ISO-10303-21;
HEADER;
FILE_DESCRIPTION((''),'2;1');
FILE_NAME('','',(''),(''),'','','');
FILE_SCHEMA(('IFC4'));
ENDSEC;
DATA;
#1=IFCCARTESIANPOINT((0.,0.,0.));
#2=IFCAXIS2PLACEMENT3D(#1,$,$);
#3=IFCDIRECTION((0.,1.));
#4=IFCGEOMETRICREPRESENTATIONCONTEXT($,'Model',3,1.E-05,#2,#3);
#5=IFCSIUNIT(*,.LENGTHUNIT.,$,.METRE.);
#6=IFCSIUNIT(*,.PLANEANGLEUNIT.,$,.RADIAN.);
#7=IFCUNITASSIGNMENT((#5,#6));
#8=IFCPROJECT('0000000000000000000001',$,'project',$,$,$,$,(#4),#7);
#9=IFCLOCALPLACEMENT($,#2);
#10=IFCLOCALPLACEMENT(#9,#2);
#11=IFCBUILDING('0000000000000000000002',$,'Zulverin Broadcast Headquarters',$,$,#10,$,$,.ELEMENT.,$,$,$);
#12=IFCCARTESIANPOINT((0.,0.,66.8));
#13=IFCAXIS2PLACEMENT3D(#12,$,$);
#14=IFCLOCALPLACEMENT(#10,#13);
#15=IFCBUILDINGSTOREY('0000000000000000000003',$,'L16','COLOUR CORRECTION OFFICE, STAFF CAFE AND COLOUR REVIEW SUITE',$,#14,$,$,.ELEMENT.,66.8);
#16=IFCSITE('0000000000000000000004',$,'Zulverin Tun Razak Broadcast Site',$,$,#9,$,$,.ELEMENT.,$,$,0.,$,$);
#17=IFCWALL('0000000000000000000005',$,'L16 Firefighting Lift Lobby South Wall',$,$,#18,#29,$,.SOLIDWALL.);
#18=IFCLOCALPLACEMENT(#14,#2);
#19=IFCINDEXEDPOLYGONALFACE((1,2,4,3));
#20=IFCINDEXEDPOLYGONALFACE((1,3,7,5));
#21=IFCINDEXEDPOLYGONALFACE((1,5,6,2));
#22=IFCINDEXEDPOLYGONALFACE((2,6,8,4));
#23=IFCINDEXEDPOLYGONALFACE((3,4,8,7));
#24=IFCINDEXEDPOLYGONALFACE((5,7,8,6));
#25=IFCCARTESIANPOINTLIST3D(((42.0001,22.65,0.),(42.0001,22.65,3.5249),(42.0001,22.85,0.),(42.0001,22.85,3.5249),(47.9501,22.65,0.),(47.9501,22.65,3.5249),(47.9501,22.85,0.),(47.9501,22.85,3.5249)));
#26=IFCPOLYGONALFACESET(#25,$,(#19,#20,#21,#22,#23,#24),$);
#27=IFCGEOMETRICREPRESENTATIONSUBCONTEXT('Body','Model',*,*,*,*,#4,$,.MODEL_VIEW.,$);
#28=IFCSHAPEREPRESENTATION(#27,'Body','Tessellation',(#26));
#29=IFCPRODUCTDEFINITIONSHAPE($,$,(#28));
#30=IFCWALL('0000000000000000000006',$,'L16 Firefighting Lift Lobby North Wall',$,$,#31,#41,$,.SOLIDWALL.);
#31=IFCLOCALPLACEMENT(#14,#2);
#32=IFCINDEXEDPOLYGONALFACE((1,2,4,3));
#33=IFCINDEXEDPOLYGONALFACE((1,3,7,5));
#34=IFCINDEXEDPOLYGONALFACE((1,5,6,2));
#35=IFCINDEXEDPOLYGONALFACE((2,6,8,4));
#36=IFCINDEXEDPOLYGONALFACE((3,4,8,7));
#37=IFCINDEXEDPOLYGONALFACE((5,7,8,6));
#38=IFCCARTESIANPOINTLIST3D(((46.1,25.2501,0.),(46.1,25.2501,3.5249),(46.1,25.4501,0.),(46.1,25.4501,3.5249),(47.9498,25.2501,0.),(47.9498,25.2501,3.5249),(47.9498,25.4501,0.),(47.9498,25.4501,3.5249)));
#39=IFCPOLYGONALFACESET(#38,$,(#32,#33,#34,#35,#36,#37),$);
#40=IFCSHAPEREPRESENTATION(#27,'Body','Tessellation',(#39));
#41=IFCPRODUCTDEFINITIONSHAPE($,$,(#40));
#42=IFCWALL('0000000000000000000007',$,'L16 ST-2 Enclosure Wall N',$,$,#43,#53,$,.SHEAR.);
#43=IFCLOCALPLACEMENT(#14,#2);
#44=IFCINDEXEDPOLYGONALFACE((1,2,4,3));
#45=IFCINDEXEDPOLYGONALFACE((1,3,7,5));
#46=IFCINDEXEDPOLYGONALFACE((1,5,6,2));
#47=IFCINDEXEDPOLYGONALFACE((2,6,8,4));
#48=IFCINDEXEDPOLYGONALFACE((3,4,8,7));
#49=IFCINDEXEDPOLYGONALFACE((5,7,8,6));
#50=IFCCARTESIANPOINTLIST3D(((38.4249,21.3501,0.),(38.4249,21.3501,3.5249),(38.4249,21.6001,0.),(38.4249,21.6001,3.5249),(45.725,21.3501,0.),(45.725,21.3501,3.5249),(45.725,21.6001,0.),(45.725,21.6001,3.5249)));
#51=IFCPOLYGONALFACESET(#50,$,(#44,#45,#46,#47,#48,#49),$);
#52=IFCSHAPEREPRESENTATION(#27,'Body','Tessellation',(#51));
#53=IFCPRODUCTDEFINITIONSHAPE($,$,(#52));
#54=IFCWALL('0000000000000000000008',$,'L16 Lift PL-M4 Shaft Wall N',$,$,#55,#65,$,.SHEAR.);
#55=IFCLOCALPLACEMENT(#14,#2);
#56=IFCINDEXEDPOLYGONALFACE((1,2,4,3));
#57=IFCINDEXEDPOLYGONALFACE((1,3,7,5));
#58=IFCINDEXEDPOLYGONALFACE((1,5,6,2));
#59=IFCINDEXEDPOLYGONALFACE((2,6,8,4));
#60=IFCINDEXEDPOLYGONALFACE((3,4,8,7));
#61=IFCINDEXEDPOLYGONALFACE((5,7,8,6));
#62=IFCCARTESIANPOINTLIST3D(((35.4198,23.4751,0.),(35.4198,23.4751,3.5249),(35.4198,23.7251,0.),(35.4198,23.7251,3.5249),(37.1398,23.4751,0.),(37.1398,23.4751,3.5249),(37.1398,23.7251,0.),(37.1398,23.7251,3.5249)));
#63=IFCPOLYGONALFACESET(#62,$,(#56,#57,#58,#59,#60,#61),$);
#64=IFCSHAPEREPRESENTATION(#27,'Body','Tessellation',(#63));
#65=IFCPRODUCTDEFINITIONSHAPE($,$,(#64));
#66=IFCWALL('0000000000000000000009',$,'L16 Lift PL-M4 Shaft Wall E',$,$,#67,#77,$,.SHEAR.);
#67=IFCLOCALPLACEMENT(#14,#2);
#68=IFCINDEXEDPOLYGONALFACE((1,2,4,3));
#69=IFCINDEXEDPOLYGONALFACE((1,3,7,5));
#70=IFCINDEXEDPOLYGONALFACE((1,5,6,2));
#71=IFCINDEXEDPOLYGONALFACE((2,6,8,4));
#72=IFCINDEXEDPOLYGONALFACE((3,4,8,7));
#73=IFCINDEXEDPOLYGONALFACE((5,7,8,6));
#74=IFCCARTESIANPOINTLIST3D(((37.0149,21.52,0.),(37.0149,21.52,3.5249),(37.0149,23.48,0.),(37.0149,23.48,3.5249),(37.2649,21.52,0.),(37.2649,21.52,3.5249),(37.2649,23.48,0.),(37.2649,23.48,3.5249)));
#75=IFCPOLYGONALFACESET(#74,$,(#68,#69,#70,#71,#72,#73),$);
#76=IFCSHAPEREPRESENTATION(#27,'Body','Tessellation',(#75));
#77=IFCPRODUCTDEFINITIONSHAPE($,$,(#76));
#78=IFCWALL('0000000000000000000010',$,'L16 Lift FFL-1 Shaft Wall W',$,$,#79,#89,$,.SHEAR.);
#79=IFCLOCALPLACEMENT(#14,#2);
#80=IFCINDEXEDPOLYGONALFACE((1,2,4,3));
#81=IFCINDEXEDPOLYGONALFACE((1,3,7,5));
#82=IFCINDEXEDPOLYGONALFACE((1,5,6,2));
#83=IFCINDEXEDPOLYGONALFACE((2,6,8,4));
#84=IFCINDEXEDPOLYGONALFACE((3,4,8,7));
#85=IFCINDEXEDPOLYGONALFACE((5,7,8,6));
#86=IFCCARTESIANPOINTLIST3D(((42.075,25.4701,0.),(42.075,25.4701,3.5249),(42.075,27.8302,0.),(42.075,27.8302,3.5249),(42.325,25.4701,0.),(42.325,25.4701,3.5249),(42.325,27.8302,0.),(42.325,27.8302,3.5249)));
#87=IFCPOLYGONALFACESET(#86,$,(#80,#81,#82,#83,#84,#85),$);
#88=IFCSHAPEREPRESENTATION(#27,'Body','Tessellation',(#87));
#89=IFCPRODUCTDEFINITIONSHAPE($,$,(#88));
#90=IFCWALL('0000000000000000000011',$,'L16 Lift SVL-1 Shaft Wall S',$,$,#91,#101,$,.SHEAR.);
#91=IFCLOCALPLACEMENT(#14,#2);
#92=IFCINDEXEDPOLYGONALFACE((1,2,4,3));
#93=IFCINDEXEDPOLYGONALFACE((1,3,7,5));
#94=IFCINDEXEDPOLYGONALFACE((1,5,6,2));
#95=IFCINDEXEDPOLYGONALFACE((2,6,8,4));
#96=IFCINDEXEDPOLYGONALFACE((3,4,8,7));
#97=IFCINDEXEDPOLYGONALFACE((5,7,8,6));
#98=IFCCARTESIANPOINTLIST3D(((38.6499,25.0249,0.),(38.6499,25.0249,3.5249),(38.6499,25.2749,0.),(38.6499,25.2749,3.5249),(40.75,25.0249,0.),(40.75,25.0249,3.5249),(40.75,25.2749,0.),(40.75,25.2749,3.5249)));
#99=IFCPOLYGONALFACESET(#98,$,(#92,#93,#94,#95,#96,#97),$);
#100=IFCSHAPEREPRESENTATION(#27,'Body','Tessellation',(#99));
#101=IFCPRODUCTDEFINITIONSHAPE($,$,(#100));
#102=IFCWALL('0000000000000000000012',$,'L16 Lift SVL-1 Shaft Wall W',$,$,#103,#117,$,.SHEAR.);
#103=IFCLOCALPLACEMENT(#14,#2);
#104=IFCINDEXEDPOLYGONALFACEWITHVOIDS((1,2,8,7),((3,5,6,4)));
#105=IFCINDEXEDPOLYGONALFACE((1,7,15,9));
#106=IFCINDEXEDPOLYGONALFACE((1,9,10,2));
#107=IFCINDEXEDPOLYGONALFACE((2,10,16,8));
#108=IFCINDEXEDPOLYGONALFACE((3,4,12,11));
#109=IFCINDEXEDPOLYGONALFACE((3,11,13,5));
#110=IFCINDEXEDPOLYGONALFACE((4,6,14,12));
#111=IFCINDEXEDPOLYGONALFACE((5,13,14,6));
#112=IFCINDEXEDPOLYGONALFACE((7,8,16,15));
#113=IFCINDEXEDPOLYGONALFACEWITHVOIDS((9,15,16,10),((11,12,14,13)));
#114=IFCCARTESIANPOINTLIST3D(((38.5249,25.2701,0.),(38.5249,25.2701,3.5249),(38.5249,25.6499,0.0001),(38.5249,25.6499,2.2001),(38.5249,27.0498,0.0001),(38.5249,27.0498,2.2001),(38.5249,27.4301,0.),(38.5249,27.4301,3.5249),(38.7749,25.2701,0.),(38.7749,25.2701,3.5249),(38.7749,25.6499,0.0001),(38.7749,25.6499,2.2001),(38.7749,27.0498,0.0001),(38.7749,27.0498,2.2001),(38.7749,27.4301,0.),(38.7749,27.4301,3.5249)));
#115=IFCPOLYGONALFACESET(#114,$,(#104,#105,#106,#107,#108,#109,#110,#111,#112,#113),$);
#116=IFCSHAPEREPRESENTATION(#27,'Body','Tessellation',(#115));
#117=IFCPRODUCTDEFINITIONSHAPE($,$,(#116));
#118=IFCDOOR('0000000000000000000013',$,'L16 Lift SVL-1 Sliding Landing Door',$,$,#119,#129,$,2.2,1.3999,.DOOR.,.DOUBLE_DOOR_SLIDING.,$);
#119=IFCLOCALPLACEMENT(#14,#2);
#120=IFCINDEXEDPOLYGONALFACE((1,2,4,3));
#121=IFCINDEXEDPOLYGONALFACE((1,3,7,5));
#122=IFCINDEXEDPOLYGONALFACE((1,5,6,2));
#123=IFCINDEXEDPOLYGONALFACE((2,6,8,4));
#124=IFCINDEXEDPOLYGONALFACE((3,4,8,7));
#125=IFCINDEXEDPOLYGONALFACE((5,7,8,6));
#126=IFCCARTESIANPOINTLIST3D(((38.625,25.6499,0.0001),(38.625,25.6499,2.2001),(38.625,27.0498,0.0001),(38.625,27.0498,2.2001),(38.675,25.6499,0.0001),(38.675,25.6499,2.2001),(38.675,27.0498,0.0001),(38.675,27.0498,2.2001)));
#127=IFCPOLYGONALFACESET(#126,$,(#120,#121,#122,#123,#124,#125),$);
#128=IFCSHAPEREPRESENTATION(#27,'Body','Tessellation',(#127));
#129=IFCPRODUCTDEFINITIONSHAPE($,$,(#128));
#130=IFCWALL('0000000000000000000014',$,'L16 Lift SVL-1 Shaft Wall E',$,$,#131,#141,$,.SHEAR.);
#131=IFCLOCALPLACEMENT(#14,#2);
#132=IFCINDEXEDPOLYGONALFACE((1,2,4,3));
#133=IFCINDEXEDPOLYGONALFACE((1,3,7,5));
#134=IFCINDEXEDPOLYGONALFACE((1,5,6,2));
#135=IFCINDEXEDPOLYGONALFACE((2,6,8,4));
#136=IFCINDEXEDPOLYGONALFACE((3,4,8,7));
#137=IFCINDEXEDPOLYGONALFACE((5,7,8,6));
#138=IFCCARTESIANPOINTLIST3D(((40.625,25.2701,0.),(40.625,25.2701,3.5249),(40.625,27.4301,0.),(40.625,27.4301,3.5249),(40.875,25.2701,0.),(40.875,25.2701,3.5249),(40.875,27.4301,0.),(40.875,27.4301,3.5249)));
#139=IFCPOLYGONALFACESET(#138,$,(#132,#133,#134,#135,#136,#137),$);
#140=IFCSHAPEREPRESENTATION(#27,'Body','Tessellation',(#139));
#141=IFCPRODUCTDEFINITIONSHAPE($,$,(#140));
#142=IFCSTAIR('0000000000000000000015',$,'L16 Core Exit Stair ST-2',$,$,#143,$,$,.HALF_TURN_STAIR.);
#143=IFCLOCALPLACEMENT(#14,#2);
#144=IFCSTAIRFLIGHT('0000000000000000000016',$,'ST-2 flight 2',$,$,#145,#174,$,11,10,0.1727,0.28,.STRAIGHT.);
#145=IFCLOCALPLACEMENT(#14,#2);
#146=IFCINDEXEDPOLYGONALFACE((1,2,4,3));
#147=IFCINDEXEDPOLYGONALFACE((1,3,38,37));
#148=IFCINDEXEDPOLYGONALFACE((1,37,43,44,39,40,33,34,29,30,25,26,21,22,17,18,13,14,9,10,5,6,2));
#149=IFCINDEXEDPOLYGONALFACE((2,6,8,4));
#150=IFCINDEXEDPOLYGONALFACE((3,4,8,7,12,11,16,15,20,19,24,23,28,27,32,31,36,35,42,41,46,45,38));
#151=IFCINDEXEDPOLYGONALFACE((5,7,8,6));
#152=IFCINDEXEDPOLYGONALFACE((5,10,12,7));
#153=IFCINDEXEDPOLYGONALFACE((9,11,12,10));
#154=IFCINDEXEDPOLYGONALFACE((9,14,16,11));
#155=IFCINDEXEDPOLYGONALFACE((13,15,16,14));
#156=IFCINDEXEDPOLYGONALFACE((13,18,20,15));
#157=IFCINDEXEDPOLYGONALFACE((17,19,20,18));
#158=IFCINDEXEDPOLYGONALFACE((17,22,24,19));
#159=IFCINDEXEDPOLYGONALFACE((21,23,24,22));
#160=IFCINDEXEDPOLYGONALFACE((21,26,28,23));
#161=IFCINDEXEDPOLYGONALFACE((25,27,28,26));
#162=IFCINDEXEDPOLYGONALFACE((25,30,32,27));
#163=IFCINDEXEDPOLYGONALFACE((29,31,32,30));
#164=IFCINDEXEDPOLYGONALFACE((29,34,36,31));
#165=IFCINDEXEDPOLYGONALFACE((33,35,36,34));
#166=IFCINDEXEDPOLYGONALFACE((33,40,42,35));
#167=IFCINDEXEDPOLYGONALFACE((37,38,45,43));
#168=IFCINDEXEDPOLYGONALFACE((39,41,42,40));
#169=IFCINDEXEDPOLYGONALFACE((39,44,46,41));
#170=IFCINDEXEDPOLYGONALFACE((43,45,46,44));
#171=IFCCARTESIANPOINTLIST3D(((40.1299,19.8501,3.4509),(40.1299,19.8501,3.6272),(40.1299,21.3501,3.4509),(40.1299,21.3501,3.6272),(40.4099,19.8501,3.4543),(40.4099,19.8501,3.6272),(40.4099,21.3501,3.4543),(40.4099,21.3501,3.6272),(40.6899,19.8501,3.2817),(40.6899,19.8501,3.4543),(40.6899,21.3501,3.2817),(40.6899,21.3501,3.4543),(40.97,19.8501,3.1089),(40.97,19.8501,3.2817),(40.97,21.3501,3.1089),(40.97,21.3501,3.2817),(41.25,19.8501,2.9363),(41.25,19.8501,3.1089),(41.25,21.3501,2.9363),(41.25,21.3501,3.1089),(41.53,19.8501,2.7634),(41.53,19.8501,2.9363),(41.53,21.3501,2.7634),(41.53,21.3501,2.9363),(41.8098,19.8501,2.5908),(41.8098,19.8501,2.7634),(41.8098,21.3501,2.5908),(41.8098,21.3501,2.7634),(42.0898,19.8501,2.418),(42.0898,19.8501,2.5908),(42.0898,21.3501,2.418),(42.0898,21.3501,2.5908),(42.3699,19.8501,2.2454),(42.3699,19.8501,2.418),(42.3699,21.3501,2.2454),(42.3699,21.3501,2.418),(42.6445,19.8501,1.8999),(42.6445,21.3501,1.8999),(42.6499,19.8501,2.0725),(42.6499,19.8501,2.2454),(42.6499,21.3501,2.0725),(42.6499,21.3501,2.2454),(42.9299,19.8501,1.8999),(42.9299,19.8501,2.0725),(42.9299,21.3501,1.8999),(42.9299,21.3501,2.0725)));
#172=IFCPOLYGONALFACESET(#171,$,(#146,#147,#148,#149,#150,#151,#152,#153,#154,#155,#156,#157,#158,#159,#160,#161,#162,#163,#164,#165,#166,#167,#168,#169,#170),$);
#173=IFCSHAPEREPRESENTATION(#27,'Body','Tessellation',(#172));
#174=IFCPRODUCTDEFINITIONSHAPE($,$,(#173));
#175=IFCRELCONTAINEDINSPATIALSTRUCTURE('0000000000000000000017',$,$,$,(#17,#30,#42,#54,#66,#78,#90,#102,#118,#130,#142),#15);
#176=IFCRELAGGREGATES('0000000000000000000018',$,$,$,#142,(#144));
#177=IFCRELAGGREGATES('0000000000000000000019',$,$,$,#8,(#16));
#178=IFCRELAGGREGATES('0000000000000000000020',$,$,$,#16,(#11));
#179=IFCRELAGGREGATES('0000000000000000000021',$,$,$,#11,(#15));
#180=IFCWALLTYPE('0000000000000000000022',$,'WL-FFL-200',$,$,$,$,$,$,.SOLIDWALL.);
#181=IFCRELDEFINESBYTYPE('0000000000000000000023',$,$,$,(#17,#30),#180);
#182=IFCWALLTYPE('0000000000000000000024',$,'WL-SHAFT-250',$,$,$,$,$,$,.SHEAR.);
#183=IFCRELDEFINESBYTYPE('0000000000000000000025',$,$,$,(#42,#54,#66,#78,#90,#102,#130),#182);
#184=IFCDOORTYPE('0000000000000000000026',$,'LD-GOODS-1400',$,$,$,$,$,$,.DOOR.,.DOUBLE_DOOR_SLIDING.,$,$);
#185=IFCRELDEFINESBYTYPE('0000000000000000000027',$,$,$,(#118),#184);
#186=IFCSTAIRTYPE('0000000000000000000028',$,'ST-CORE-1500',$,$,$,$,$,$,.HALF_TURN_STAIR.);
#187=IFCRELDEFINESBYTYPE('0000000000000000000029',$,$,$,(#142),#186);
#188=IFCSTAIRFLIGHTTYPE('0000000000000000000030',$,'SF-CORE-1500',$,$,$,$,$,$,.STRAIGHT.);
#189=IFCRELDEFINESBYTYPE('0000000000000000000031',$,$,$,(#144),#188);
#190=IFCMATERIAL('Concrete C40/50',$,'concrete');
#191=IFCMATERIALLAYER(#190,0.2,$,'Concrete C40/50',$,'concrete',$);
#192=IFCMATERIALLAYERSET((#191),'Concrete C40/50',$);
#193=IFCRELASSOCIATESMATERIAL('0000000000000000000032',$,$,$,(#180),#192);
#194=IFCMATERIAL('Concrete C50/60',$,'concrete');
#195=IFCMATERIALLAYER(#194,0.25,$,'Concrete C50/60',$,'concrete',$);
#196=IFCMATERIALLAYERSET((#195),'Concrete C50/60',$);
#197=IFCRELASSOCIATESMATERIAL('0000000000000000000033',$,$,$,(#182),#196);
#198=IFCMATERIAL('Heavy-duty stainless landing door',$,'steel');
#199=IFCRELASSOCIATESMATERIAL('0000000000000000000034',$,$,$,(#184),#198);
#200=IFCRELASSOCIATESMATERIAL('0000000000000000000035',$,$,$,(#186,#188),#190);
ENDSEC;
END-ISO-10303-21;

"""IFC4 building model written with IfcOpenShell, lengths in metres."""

from ifc_helpers import new_model, si_unit, direction, frame, frame_2d, origin, place, context, subcontext, project, spatial, polyline, rectangle, outline, extrude, material, layer, layer_set, type_object, element, fill, aggregate, save


model = new_model("IFC4")

# Units and contexts
model_context = context("Model", 3, precision=1e-05, world=origin(), true_north=direction((0.0, 1.0)))
body_context = subcontext(model_context, "Body", "Model", "MODEL_VIEW")
ifc_project = project(units=[si_unit("LENGTHUNIT", "METRE"), si_unit("PLANEANGLEUNIT", "RADIAN")], contexts=[model_context])

# Site, building, storey
site_placement = place(None, origin())
site = spatial("IfcSite", under=ifc_project, at=site_placement, Name="Zulverin Tun Razak Broadcast Site", CompositionType="ELEMENT", RefElevation=0.0)
building_placement = place(site_placement, origin())
building = spatial("IfcBuilding", under=site, at=building_placement, Name="Zulverin Broadcast Headquarters", CompositionType="ELEMENT")
storey_placement = place(building_placement, frame((0.0, 0.0, 66.8)))
storey = spatial("IfcBuildingStorey", under=building, at=storey_placement, Name="L16", Description="COLOUR CORRECTION OFFICE, STAFF CAFE AND COLOUR REVIEW SUITE", CompositionType="ELEMENT", Elevation=66.8)

# Shared definitions
ifc_material_1 = material(Name="Concrete C40/50", Category="concrete")
ifc_layer_1 = layer(ifc_material_1, 0.2, Name="Concrete C40/50", Category="concrete")
ifc_layer_set_1 = layer_set([ifc_layer_1], Name="Concrete C40/50")
wall_type_1 = type_object("IfcWallType", Name="WL-FFL-200", PredefinedType="SOLIDWALL", material=ifc_layer_set_1)

# Walls
wall_1_placement = place(storey_placement, frame((42.0, 22.75, 0.0), z_axis=(0.0, 0.0, 1.0), x_axis=(1.0, 0.0, 0.0)))
element("IfcWall", 1, at=wall_1_placement, inside=storey, type_object=wall_type_1, Name="L16 Firefighting Lift Lobby South Wall", PredefinedType="SOLIDWALL", context=body_context, shape_type="SweptSolid", body=[
    extrude(rectangle(XDim=5.95, YDim=0.2, at=frame_2d((2.9751, 0.0))), origin(), (0.0, 0.0, 1.0), 3.5249),
])
wall_2_placement = place(storey_placement, frame((46.1001, 25.3501, 0.0), z_axis=(0.0, 0.0, 1.0), x_axis=(1.0, 0.0, 0.0)))
element("IfcWall", 2, at=wall_2_placement, inside=storey, type_object=wall_type_1, Name="L16 Firefighting Lift Lobby North Wall", PredefinedType="SOLIDWALL", context=body_context, shape_type="SweptSolid", body=[
    extrude(rectangle(XDim=1.8499, YDim=0.2, at=frame_2d((0.9248, 0.0))), origin(), (0.0, 0.0, 1.0), 3.5249),
])
ifc_material_2 = material(Name="Concrete C50/60", Category="concrete")
ifc_layer_2 = layer(ifc_material_2, 0.25, Name="Concrete C50/60", Category="concrete")
ifc_layer_set_2 = layer_set([ifc_layer_2], Name="Concrete C50/60")
wall_type_2 = type_object("IfcWallType", Name="WL-SHAFT-250", PredefinedType="SHEAR", material=ifc_layer_set_2)
wall_3_placement = place(storey_placement, frame((38.425, 21.4751, 0.0), z_axis=(0.0, 0.0, 1.0), x_axis=(1.0, 0.0, 0.0)))
element("IfcWall", 3, at=wall_3_placement, inside=storey, type_object=wall_type_2, Name="L16 ST-2 Enclosure Wall N", PredefinedType="SHEAR", context=body_context, shape_type="SweptSolid", body=[
    extrude(rectangle(XDim=7.3, YDim=0.25, at=frame_2d((3.6499, 0.0))), origin(), (0.0, 0.0, 1.0), 3.5249),
])
wall_4_placement = place(storey_placement, frame((35.4199, 23.6001, 0.0), z_axis=(0.0, 0.0, 1.0), x_axis=(1.0, 0.0, 0.0)))
element("IfcWall", 4, at=wall_4_placement, inside=storey, type_object=wall_type_2, Name="L16 Lift PL-M4 Shaft Wall N", PredefinedType="SHEAR", context=body_context, shape_type="SweptSolid", body=[
    extrude(rectangle(XDim=1.72, YDim=0.25, at=frame_2d((0.8599, 0.0))), origin(), (0.0, 0.0, 1.0), 3.5249),
])
wall_5_placement = place(storey_placement, frame((37.1399, 21.52, 0.0), z_axis=(0.0, 0.0, 1.0), x_axis=(0.0, 1.0, 0.0)))
element("IfcWall", 5, at=wall_5_placement, inside=storey, type_object=wall_type_2, Name="L16 Lift PL-M4 Shaft Wall E", PredefinedType="SHEAR", context=body_context, shape_type="SweptSolid", body=[
    extrude(rectangle(XDim=1.96, YDim=0.25, at=frame_2d((0.98, 0.0))), origin(), (0.0, 0.0, 1.0), 3.5249),
])

# Wall
wall_6_placement = place(storey_placement, frame((42.2, 25.47, 0.0), z_axis=(0.0, 0.0, 1.0), x_axis=(0.0, 1.0, 0.0)))
element("IfcWall", 6, at=wall_6_placement, inside=storey, type_object=wall_type_2, Name="L16 Lift FFL-1 Shaft Wall W", PredefinedType="SHEAR", context=body_context, shape_type="SweptSolid", body=[
    extrude(rectangle(XDim=2.3601, YDim=0.25, at=frame_2d((1.1802, 0.0))), origin(), (0.0, 0.0, 1.0), 3.5249),
])

# Wall
wall_7_placement = place(storey_placement, frame((38.6499, 25.1499, 0.0), z_axis=(0.0, 0.0, 1.0), x_axis=(1.0, 0.0, 0.0)))
element("IfcWall", 7, at=wall_7_placement, inside=storey, type_object=wall_type_2, Name="L16 Lift SVL-1 Shaft Wall S", PredefinedType="SHEAR", context=body_context, shape_type="SweptSolid", body=[
    extrude(rectangle(XDim=2.1001, YDim=0.25, at=frame_2d((1.05, 0.0))), origin(), (0.0, 0.0, 1.0), 3.5249),
])

# Wall, opening, door
wall_8_placement = place(storey_placement, frame((38.6499, 25.27, 0.0), z_axis=(0.0, 0.0, 1.0), x_axis=(0.0, 1.0, 0.0)))
wall_8 = element("IfcWall", 8, at=wall_8_placement, inside=storey, type_object=wall_type_2, Name="L16 Lift SVL-1 Shaft Wall W", PredefinedType="SHEAR", context=body_context, shape_type="SweptSolid", body=[
    extrude(rectangle(XDim=2.1599, YDim=0.25, at=frame_2d((1.0801, 0.0))), origin(), (0.0, 0.0, 1.0), 3.5249),
])
opening_1_placement = place(wall_8_placement, frame((0.3799, 0.0, 0.0)))
opening_1 = element("IfcOpeningElement", 9, at=opening_1_placement, cuts=wall_8, PredefinedType="OPENING", context=body_context, shape_type="SweptSolid", body=[
    extrude(rectangle(XDim=1.3999, YDim=2.2, at=frame_2d((0.7, 1.1001))), frame((0.0, 0.135, 0.0), z_axis=(0.0, -1.0, 0.0), x_axis=(1.0, 0.0, 0.0)), (0.0, 0.0, 1.0), 0.27),
])
ifc_material_3 = material(Name="Heavy-duty stainless landing door", Category="steel")
door_type_1 = type_object("IfcDoorType", Name="LD-GOODS-1400", OperationType="DOUBLE_DOOR_SLIDING", PredefinedType="DOOR", material=ifc_material_3)
door_1_placement = place(opening_1_placement, origin())
door_1 = element("IfcDoor", 10, at=door_1_placement, inside=storey, type_object=door_type_1, Name="L16 Lift SVL-1 Sliding Landing Door", OperationType="DOUBLE_DOOR_SLIDING", OverallHeight=2.2, OverallWidth=1.3999, PredefinedType="DOOR", context=body_context, shape_type="SweptSolid", body=[
    extrude(rectangle(XDim=1.3999, YDim=2.2, at=frame_2d((0.7, 1.1001))), frame((0.0, 0.0249, 0.0), z_axis=(0.0, -1.0, 0.0), x_axis=(1.0, 0.0, 0.0)), (0.0, 0.0, 1.0), 0.05),
])
fill(opening_1, door_1)

# Wall
wall_9_placement = place(storey_placement, frame((40.75, 25.27, 0.0), z_axis=(0.0, 0.0, 1.0), x_axis=(0.0, 1.0, 0.0)))
element("IfcWall", 11, at=wall_9_placement, inside=storey, type_object=wall_type_2, Name="L16 Lift SVL-1 Shaft Wall E", PredefinedType="SHEAR", context=body_context, shape_type="SweptSolid", body=[
    extrude(rectangle(XDim=2.1599, YDim=0.25, at=frame_2d((1.0801, 0.0))), origin(), (0.0, 0.0, 1.0), 3.5249),
])

# Stair, stair flight
stair_type = type_object("IfcStairType", Name="ST-CORE-1500", PredefinedType="HALF_TURN_STAIR", material=ifc_material_1)
stair_placement = place(storey_placement, origin())
stair = element("IfcStair", 12, at=stair_placement, inside=storey, type_object=stair_type, Name="L16 Core Exit Stair ST-2", PredefinedType="HALF_TURN_STAIR")
stair_flight_type = type_object("IfcStairFlightType", Name="SF-CORE-1500", PredefinedType="STRAIGHT", material=ifc_material_1)
stair_flight_placement = place(storey_placement, frame((42.9299, 20.6001, 1.8999), z_axis=(0.0, 0.0, 1.0), x_axis=(-1.0, 0.0, 0.0)))
stair_flight = element("IfcStairFlight", 13, at=stair_flight_placement, type_object=stair_flight_type, Name="ST-2 flight 2", NumberOfRisers=11, NumberOfTreads=10, PredefinedType="STRAIGHT", RiserHeight=0.1727, TreadLength=0.28, context=body_context, shape_type="SweptSolid", body=[
    extrude(outline(polyline([(0.0, 0.0), (0.0, 0.1726), (0.28, 0.1726), (0.28, 0.3455), (0.5601, 0.3455), (0.5601, 0.5181), (0.8401, 0.5181), (0.8401, 0.6909), (1.1201, 0.6909), (1.1201, 0.8635), (1.3999, 0.8635), (1.3999, 1.0364), (1.6799, 1.0364), (1.6799, 1.209), (1.96, 1.209), (1.96, 1.3818), (2.24, 1.3818), (2.24, 1.5544), (2.52, 1.5544), (2.52, 1.7273), (2.8, 1.7273), (2.8, 1.8999), (2.8, 1.551), (0.2854, 0.0), (0.0, 0.0)])), frame((0.0, 0.75, 0.0), z_axis=(0.0, -1.0, 0.0), x_axis=(1.0, 0.0, 0.0)), (0.0, 0.0, 1.0), 1.5),
])
aggregate(stair, [stair_flight])

save(model, "model.ifc")
